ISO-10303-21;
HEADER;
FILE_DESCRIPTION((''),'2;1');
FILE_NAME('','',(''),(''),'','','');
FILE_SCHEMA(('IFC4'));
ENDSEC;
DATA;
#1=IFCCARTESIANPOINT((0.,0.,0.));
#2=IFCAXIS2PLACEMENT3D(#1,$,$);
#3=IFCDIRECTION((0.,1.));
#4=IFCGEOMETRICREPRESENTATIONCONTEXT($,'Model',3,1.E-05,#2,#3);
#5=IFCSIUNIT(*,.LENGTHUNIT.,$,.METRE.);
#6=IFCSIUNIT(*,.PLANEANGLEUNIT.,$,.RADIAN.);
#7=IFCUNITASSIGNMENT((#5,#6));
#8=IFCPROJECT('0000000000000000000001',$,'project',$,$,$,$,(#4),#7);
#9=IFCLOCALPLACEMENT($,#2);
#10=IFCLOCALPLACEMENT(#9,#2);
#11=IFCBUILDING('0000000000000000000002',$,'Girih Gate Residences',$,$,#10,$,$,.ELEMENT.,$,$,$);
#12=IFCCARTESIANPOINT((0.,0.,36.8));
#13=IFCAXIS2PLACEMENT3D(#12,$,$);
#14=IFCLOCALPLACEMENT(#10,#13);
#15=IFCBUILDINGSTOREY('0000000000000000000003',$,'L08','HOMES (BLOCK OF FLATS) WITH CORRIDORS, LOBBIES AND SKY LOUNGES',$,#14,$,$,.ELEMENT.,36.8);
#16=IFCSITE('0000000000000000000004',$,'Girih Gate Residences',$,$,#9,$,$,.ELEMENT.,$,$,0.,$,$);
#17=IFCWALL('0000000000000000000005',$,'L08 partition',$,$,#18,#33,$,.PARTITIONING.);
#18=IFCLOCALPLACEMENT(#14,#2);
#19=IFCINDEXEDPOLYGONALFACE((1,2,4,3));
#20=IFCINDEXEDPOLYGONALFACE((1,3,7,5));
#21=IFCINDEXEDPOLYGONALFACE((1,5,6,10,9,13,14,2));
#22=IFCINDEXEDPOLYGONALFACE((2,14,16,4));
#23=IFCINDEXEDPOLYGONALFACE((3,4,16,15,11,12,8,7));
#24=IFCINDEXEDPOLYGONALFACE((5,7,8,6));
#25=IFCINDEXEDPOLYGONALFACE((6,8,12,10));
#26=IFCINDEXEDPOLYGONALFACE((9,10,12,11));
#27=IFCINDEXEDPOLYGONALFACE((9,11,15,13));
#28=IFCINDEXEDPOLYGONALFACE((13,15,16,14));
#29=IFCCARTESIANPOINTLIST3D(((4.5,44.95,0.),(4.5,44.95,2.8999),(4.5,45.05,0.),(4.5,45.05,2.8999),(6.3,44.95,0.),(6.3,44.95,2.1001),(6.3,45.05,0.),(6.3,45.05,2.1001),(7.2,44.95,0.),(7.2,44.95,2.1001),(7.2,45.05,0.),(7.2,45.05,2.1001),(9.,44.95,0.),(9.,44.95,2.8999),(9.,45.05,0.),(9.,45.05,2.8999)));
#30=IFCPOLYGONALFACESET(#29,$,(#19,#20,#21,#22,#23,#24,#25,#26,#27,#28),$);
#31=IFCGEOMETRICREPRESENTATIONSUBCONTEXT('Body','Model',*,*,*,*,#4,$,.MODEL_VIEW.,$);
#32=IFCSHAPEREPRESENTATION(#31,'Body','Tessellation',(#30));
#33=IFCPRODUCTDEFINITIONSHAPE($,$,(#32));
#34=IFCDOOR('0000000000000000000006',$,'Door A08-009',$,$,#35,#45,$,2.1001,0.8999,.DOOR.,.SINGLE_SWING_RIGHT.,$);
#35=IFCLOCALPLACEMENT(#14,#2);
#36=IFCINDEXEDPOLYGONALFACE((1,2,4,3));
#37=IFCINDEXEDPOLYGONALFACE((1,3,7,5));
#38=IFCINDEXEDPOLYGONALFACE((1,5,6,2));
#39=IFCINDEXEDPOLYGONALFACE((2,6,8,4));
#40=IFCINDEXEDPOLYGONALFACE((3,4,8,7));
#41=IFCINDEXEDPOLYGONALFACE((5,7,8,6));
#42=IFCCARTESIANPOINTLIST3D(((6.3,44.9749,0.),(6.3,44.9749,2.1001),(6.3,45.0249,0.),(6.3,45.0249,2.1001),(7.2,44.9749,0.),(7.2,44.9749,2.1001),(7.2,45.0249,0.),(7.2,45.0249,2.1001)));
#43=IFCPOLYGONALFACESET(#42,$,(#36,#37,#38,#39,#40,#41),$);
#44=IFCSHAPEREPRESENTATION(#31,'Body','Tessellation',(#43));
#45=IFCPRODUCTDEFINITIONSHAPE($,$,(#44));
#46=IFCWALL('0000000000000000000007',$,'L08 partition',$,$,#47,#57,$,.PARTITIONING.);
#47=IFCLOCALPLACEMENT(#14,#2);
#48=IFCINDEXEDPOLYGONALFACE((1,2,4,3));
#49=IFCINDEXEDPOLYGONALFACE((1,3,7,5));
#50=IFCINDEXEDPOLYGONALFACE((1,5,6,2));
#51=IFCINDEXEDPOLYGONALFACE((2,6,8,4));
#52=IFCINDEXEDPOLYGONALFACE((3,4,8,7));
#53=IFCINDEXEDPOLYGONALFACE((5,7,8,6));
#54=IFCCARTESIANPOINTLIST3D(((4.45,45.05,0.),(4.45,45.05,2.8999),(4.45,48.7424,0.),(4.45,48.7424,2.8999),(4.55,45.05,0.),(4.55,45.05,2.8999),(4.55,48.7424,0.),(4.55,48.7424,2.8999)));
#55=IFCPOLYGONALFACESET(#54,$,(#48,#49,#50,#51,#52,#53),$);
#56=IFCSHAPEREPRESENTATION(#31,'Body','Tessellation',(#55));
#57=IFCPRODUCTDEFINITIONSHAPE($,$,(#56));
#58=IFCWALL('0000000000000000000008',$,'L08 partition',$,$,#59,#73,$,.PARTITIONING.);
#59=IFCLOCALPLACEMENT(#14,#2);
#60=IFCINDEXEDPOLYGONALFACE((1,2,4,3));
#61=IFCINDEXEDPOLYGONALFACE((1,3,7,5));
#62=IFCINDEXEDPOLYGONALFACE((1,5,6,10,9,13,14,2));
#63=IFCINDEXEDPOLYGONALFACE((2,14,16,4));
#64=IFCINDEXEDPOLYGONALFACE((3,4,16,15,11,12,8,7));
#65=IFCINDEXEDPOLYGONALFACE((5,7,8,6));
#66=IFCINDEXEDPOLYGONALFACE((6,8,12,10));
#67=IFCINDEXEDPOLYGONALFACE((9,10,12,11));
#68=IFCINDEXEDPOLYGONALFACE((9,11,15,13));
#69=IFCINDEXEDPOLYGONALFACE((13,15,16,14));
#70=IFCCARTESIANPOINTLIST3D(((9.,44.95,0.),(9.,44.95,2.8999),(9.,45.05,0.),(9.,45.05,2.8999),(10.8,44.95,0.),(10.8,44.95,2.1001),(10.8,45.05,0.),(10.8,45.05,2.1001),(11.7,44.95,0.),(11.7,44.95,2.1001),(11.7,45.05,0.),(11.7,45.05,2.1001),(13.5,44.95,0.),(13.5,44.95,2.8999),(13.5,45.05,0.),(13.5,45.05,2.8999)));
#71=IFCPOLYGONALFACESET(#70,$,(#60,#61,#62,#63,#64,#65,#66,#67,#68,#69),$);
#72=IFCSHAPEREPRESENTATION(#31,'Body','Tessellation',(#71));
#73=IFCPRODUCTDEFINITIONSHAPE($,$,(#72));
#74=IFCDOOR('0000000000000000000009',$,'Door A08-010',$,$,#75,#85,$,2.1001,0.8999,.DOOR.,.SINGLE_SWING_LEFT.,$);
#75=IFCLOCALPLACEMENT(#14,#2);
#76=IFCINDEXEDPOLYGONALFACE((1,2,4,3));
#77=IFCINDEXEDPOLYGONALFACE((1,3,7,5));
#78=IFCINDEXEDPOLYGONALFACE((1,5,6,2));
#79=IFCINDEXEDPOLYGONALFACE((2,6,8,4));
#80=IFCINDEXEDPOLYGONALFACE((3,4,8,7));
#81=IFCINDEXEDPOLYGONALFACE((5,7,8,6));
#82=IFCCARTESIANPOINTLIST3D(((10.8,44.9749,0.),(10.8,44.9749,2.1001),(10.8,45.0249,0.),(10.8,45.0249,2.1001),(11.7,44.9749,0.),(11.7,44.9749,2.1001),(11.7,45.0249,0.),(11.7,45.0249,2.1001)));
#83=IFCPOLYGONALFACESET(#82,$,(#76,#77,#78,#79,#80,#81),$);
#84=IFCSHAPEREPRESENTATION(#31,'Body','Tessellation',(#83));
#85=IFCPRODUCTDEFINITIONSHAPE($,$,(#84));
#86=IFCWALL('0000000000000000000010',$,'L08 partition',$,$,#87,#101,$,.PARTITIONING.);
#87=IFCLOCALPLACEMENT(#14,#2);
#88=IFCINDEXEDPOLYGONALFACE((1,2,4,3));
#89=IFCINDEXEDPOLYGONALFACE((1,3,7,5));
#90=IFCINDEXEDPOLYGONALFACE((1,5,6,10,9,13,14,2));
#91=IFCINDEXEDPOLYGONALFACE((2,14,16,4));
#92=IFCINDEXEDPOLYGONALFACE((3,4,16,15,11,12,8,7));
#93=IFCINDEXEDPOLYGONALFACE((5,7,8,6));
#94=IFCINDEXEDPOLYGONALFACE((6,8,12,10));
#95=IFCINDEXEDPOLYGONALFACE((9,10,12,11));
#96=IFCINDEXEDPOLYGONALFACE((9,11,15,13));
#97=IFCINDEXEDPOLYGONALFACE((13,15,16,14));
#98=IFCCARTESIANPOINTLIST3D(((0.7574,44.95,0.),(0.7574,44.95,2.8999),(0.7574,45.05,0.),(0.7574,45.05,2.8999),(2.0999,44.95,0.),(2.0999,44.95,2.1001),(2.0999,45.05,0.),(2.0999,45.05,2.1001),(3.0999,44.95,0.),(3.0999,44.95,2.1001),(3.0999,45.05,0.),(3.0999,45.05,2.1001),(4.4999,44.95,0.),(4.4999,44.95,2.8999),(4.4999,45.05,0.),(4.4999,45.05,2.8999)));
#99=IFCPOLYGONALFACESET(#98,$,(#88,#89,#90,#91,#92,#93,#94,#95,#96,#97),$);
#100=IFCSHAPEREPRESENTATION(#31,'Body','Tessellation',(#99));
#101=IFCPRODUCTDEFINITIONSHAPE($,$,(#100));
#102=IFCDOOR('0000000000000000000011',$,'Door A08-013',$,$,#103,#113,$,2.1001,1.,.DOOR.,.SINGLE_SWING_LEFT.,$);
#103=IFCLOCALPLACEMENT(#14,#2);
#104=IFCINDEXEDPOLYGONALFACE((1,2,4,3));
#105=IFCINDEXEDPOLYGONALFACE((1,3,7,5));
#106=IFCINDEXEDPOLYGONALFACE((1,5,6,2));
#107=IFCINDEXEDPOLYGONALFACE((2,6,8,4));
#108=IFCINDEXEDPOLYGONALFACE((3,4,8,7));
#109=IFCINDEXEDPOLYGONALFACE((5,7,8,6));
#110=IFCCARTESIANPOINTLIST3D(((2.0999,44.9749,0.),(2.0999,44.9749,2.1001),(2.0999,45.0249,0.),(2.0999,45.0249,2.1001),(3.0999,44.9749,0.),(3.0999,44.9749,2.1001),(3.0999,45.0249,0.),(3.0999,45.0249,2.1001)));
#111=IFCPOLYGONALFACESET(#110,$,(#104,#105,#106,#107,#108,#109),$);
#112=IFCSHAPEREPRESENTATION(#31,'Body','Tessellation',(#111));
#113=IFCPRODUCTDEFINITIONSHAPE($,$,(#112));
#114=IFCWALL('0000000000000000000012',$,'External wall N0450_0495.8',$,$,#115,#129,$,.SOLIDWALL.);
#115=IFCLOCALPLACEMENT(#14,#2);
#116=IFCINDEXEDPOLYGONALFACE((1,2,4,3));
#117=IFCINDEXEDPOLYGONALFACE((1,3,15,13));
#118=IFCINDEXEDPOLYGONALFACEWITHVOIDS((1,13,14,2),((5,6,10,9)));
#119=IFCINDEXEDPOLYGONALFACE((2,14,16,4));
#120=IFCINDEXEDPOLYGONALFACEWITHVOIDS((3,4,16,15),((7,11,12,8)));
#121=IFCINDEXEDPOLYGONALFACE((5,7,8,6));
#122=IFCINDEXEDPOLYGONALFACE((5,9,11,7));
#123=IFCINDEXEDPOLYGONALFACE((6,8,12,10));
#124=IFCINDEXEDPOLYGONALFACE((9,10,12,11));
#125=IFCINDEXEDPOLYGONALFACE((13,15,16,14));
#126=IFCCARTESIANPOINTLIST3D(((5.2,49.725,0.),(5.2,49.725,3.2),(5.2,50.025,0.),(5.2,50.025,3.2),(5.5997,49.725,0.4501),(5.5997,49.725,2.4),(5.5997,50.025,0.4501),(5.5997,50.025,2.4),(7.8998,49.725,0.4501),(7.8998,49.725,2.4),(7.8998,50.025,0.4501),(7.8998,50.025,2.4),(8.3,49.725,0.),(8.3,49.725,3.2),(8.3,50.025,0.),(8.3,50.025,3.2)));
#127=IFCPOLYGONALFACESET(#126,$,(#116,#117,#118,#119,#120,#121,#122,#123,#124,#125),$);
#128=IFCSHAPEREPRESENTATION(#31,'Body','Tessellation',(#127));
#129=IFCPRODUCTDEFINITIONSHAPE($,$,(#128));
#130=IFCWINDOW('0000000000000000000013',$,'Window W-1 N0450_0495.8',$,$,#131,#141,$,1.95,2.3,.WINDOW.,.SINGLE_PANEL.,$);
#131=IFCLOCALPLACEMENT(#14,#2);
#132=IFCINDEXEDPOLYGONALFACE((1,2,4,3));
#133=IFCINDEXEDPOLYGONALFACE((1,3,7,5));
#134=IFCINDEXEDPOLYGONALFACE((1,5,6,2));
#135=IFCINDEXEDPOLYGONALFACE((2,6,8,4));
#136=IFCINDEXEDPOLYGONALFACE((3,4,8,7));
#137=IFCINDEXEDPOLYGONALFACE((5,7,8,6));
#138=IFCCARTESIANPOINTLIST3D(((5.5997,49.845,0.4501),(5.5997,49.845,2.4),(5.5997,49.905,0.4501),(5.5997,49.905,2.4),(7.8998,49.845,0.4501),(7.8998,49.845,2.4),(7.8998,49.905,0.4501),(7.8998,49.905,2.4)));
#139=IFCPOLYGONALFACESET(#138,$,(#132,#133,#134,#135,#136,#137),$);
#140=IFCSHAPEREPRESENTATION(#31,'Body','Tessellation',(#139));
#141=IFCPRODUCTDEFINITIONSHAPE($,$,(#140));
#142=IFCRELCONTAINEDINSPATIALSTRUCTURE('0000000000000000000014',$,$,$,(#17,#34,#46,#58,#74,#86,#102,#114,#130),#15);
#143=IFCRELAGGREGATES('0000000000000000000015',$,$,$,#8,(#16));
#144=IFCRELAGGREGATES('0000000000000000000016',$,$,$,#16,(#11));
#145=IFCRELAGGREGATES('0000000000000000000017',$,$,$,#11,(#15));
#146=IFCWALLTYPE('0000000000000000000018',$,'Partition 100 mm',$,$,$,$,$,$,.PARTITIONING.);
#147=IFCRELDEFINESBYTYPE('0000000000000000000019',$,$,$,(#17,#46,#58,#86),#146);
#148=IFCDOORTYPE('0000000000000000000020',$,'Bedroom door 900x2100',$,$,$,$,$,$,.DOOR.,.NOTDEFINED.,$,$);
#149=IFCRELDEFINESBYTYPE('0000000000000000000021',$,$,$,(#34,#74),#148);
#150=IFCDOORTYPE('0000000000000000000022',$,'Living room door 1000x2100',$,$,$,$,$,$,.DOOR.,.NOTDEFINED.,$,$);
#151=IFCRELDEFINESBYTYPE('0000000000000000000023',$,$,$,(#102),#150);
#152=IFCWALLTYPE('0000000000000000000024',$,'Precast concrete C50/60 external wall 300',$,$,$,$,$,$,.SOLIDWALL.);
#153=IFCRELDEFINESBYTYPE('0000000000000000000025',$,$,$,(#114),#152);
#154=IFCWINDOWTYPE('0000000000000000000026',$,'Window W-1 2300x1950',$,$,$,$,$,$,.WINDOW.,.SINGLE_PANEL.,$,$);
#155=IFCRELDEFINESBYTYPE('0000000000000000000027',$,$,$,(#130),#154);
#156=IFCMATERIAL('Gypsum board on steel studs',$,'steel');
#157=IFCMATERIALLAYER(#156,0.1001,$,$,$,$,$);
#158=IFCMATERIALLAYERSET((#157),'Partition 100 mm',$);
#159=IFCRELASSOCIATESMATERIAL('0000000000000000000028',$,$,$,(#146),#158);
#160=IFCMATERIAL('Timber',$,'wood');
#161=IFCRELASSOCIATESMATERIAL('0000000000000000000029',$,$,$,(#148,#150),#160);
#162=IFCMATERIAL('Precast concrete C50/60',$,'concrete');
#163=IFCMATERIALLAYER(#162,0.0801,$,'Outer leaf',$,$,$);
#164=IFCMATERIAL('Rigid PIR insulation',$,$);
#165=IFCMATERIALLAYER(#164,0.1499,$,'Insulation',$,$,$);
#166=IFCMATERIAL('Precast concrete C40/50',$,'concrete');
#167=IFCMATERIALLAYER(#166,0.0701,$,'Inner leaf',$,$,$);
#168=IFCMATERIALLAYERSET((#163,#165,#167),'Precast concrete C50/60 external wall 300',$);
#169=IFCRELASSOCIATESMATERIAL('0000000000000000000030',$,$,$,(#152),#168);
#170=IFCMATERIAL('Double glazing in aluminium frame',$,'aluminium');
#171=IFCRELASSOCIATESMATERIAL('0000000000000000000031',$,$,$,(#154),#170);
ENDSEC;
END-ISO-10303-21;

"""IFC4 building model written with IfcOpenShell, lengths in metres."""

from ifc_helpers import new_model, si_unit, direction, frame, frame_2d, origin, place, context, subcontext, project, spatial, rectangle, extrude, material, layer, layer_set, type_object, element, fill, save


model = new_model("IFC4")

# Units and contexts
model_context = context("Model", 3, precision=1e-05, world=origin(), true_north=direction((0.0, 1.0)))
body_context = subcontext(model_context, "Body", "Model", "MODEL_VIEW")
ifc_project = project(units=[si_unit("LENGTHUNIT", "METRE"), si_unit("PLANEANGLEUNIT", "RADIAN")], contexts=[model_context])

# Site, building, storey
site_placement = place(None, origin())
site = spatial("IfcSite", under=ifc_project, at=site_placement, Name="Girih Gate Residences", CompositionType="ELEMENT", RefElevation=0.0)
building_placement = place(site_placement, origin())
building = spatial("IfcBuilding", under=site, at=building_placement, Name="Girih Gate Residences", CompositionType="ELEMENT")
storey_placement = place(building_placement, frame((0.0, 0.0, 36.8)))
storey = spatial("IfcBuildingStorey", under=building, at=storey_placement, Name="L08", Description="HOMES (BLOCK OF FLATS) WITH CORRIDORS, LOBBIES AND SKY LOUNGES", CompositionType="ELEMENT", Elevation=36.8)

# Shared definitions
ifc_material_1 = material(Name="Gypsum board on steel studs", Category="steel")

# Shared definitions
ifc_layer_1 = layer(ifc_material_1, 0.1001)
ifc_layer_set_1 = layer_set([ifc_layer_1], Name="Partition 100 mm")
wall_type_1 = type_object("IfcWallType", Name="Partition 100 mm", PredefinedType="PARTITIONING", material=ifc_layer_set_1)

# Wall, opening, door
wall_1_placement = place(storey_placement, frame((4.5, 45.0, 0.0), z_axis=(0.0, 0.0, 1.0), x_axis=(1.0, 0.0, 0.0)))
wall_1 = element("IfcWall", 1, at=wall_1_placement, inside=storey, type_object=wall_type_1, Name="L08 partition", PredefinedType="PARTITIONING", context=body_context, shape_type="SweptSolid", body=[
    extrude(rectangle(XDim=4.5, YDim=0.1001, at=frame_2d((2.25, 0.0))), origin(), (0.0, 0.0, 1.0), 2.8999),
])
opening_1_placement = place(wall_1_placement, frame((1.8, 0.0, 0.0)))
opening_1 = element("IfcOpeningElement", 2, at=opening_1_placement, cuts=wall_1, PredefinedType="OPENING", context=body_context, shape_type="SweptSolid", body=[
    extrude(rectangle(XDim=0.8999, YDim=2.1001, at=frame_2d((0.45, 1.05))), frame((0.0, 0.0601, 0.0), z_axis=(0.0, -1.0, 0.0), x_axis=(1.0, 0.0, 0.0)), (0.0, 0.0, 1.0), 0.1201),
])
ifc_material_2 = material(Name="Timber", Category="wood")
door_type_1 = type_object("IfcDoorType", Name="Bedroom door 900x2100", OperationType="NOTDEFINED", PredefinedType="DOOR", material=ifc_material_2)
door_1_placement = place(opening_1_placement, origin())
door_1 = element("IfcDoor", 3, at=door_1_placement, inside=storey, type_object=door_type_1, Name="Door A08-009", OperationType="SINGLE_SWING_RIGHT", OverallHeight=2.1001, OverallWidth=0.8999, PredefinedType="DOOR", context=body_context, shape_type="SweptSolid", body=[
    extrude(rectangle(XDim=0.8999, YDim=2.1001, at=frame_2d((0.45, 1.05))), frame((0.0, 0.0249, 0.0), z_axis=(0.0, -1.0, 0.0), x_axis=(1.0, 0.0, 0.0)), (0.0, 0.0, 1.0), 0.05),
])
fill(opening_1, door_1)

# Wall
wall_2_placement = place(storey_placement, frame((4.5, 45.05, 0.0), z_axis=(0.0, 0.0, 1.0), x_axis=(0.0, 1.0, 0.0)))
element("IfcWall", 4, at=wall_2_placement, inside=storey, type_object=wall_type_1, Name="L08 partition", PredefinedType="PARTITIONING", context=body_context, shape_type="SweptSolid", body=[
    extrude(rectangle(XDim=3.6924, YDim=0.1001, at=frame_2d((1.8462, 0.0))), origin(), (0.0, 0.0, 1.0), 2.8999),
])

# Walls, openings, doors
wall_3_placement = place(storey_placement, frame((9.0, 45.0, 0.0), z_axis=(0.0, 0.0, 1.0), x_axis=(1.0, 0.0, 0.0)))
wall_3 = element("IfcWall", 5, at=wall_3_placement, inside=storey, type_object=wall_type_1, Name="L08 partition", PredefinedType="PARTITIONING", context=body_context, shape_type="SweptSolid", body=[
    extrude(rectangle(XDim=4.5, YDim=0.1001, at=frame_2d((2.25, 0.0))), origin(), (0.0, 0.0, 1.0), 2.8999),
])
opening_2_placement = place(wall_3_placement, frame((1.8, 0.0, 0.0)))
opening_2 = element("IfcOpeningElement", 6, at=opening_2_placement, cuts=wall_3, PredefinedType="OPENING", context=body_context, shape_type="SweptSolid", body=[
    extrude(rectangle(XDim=0.8999, YDim=2.1001, at=frame_2d((0.45, 1.05))), frame((0.0, 0.0601, 0.0), z_axis=(0.0, -1.0, 0.0), x_axis=(1.0, 0.0, 0.0)), (0.0, 0.0, 1.0), 0.1201),
])
door_2_placement = place(opening_2_placement, origin())
door_2 = element("IfcDoor", 7, at=door_2_placement, inside=storey, type_object=door_type_1, Name="Door A08-010", OperationType="SINGLE_SWING_LEFT", OverallHeight=2.1001, OverallWidth=0.8999, PredefinedType="DOOR", context=body_context, shape_type="SweptSolid", body=[
    extrude(rectangle(XDim=0.8999, YDim=2.1001, at=frame_2d((0.45, 1.05))), frame((0.0, 0.0249, 0.0), z_axis=(0.0, -1.0, 0.0), x_axis=(1.0, 0.0, 0.0)), (0.0, 0.0, 1.0), 0.05),
])
fill(opening_2, door_2)
wall_4_placement = place(storey_placement, frame((0.7576, 45.0, 0.0), z_axis=(0.0, 0.0, 1.0), x_axis=(1.0, 0.0, 0.0)))
wall_4 = element("IfcWall", 8, at=wall_4_placement, inside=storey, type_object=wall_type_1, Name="L08 partition", PredefinedType="PARTITIONING", context=body_context, shape_type="SweptSolid", body=[
    extrude(rectangle(XDim=3.7424, YDim=0.1001, at=frame_2d((1.8711, 0.0))), origin(), (0.0, 0.0, 1.0), 2.8999),
])
opening_3_placement = place(wall_4_placement, frame((1.3423, 0.0, 0.0)))
opening_3 = element("IfcOpeningElement", 9, at=opening_3_placement, cuts=wall_4, PredefinedType="OPENING", context=body_context, shape_type="SweptSolid", body=[
    extrude(rectangle(XDim=1.0, YDim=2.1001, at=frame_2d((0.5, 1.05))), frame((0.0, 0.0601, 0.0), z_axis=(0.0, -1.0, 0.0), x_axis=(1.0, 0.0, 0.0)), (0.0, 0.0, 1.0), 0.1201),
])
door_type_2 = type_object("IfcDoorType", Name="Living room door 1000x2100", OperationType="NOTDEFINED", PredefinedType="DOOR", material=ifc_material_2)
door_3_placement = place(opening_3_placement, origin())
door_3 = element("IfcDoor", 10, at=door_3_placement, inside=storey, type_object=door_type_2, Name="Door A08-013", OperationType="SINGLE_SWING_LEFT", OverallHeight=2.1001, OverallWidth=1.0, PredefinedType="DOOR", context=body_context, shape_type="SweptSolid", body=[
    extrude(rectangle(XDim=1.0, YDim=2.1001, at=frame_2d((0.5, 1.05))), frame((0.0, 0.0249, 0.0), z_axis=(0.0, -1.0, 0.0), x_axis=(1.0, 0.0, 0.0)), (0.0, 0.0, 1.0), 0.05),
])
fill(opening_3, door_3)

# Wall, opening, window
ifc_material_3 = material(Name="Precast concrete C50/60", Category="concrete")
ifc_layer_2 = layer(ifc_material_3, 0.0801, Name="Outer leaf")
ifc_material_4 = material(Name="Rigid PIR insulation")
ifc_layer_3 = layer(ifc_material_4, 0.1499, Name="Insulation")
ifc_material_5 = material(Name="Precast concrete C40/50", Category="concrete")
ifc_layer_4 = layer(ifc_material_5, 0.0701, Name="Inner leaf")
ifc_layer_set_2 = layer_set([ifc_layer_2, ifc_layer_3, ifc_layer_4], Name="Precast concrete C50/60 external wall 300")
wall_type_2 = type_object("IfcWallType", Name="Precast concrete C50/60 external wall 300", PredefinedType="SOLIDWALL", material=ifc_layer_set_2)
wall_5_placement = place(storey_placement, frame((5.2, 49.875, 0.0), z_axis=(0.0, 0.0, 1.0), x_axis=(1.0, 0.0, 0.0)))
wall_5 = element("IfcWall", 11, at=wall_5_placement, inside=storey, type_object=wall_type_2, Name="External wall N0450_0495.8", PredefinedType="SOLIDWALL", context=body_context, shape_type="SweptSolid", body=[
    extrude(rectangle(XDim=3.1001, YDim=0.3, at=frame_2d((1.55, 0.0))), origin(), (0.0, 0.0, 1.0), 3.2),
])
opening_4_placement = place(wall_5_placement, frame((0.3999, 0.0, 0.45)))
opening_4 = element("IfcOpeningElement", 12, at=opening_4_placement, cuts=wall_5, PredefinedType="OPENING", context=body_context, shape_type="SweptSolid", body=[
    extrude(rectangle(XDim=2.3, YDim=1.95, at=frame_2d((1.1499, 0.9751))), frame((0.0, 0.1599, 0.0), z_axis=(0.0, -1.0, 0.0), x_axis=(1.0, 0.0, 0.0)), (0.0, 0.0, 1.0), 0.3201),
])
ifc_material_6 = material(Name="Double glazing in aluminium frame", Category="aluminium")
window_type_1 = type_object("IfcWindowType", Name="Window W-1 2300x1950", PartitioningType="SINGLE_PANEL", PredefinedType="WINDOW", material=ifc_material_6)
window_1_placement = place(opening_4_placement, origin())
window_1 = element("IfcWindow", 13, at=window_1_placement, inside=storey, type_object=window_type_1, Name="Window W-1 N0450_0495.8", OverallHeight=1.95, OverallWidth=2.3, PartitioningType="SINGLE_PANEL", PredefinedType="WINDOW", context=body_context, shape_type="SweptSolid", body=[
    extrude(rectangle(XDim=2.3, YDim=1.95, at=frame_2d((1.1499, 0.9751))), frame((0.0, 0.03, 0.0), z_axis=(0.0, -1.0, 0.0), x_axis=(1.0, 0.0, 0.0)), (0.0, 0.0, 1.0), 0.0601),
])
fill(opening_4, window_1)

save(model, "model.ifc")
